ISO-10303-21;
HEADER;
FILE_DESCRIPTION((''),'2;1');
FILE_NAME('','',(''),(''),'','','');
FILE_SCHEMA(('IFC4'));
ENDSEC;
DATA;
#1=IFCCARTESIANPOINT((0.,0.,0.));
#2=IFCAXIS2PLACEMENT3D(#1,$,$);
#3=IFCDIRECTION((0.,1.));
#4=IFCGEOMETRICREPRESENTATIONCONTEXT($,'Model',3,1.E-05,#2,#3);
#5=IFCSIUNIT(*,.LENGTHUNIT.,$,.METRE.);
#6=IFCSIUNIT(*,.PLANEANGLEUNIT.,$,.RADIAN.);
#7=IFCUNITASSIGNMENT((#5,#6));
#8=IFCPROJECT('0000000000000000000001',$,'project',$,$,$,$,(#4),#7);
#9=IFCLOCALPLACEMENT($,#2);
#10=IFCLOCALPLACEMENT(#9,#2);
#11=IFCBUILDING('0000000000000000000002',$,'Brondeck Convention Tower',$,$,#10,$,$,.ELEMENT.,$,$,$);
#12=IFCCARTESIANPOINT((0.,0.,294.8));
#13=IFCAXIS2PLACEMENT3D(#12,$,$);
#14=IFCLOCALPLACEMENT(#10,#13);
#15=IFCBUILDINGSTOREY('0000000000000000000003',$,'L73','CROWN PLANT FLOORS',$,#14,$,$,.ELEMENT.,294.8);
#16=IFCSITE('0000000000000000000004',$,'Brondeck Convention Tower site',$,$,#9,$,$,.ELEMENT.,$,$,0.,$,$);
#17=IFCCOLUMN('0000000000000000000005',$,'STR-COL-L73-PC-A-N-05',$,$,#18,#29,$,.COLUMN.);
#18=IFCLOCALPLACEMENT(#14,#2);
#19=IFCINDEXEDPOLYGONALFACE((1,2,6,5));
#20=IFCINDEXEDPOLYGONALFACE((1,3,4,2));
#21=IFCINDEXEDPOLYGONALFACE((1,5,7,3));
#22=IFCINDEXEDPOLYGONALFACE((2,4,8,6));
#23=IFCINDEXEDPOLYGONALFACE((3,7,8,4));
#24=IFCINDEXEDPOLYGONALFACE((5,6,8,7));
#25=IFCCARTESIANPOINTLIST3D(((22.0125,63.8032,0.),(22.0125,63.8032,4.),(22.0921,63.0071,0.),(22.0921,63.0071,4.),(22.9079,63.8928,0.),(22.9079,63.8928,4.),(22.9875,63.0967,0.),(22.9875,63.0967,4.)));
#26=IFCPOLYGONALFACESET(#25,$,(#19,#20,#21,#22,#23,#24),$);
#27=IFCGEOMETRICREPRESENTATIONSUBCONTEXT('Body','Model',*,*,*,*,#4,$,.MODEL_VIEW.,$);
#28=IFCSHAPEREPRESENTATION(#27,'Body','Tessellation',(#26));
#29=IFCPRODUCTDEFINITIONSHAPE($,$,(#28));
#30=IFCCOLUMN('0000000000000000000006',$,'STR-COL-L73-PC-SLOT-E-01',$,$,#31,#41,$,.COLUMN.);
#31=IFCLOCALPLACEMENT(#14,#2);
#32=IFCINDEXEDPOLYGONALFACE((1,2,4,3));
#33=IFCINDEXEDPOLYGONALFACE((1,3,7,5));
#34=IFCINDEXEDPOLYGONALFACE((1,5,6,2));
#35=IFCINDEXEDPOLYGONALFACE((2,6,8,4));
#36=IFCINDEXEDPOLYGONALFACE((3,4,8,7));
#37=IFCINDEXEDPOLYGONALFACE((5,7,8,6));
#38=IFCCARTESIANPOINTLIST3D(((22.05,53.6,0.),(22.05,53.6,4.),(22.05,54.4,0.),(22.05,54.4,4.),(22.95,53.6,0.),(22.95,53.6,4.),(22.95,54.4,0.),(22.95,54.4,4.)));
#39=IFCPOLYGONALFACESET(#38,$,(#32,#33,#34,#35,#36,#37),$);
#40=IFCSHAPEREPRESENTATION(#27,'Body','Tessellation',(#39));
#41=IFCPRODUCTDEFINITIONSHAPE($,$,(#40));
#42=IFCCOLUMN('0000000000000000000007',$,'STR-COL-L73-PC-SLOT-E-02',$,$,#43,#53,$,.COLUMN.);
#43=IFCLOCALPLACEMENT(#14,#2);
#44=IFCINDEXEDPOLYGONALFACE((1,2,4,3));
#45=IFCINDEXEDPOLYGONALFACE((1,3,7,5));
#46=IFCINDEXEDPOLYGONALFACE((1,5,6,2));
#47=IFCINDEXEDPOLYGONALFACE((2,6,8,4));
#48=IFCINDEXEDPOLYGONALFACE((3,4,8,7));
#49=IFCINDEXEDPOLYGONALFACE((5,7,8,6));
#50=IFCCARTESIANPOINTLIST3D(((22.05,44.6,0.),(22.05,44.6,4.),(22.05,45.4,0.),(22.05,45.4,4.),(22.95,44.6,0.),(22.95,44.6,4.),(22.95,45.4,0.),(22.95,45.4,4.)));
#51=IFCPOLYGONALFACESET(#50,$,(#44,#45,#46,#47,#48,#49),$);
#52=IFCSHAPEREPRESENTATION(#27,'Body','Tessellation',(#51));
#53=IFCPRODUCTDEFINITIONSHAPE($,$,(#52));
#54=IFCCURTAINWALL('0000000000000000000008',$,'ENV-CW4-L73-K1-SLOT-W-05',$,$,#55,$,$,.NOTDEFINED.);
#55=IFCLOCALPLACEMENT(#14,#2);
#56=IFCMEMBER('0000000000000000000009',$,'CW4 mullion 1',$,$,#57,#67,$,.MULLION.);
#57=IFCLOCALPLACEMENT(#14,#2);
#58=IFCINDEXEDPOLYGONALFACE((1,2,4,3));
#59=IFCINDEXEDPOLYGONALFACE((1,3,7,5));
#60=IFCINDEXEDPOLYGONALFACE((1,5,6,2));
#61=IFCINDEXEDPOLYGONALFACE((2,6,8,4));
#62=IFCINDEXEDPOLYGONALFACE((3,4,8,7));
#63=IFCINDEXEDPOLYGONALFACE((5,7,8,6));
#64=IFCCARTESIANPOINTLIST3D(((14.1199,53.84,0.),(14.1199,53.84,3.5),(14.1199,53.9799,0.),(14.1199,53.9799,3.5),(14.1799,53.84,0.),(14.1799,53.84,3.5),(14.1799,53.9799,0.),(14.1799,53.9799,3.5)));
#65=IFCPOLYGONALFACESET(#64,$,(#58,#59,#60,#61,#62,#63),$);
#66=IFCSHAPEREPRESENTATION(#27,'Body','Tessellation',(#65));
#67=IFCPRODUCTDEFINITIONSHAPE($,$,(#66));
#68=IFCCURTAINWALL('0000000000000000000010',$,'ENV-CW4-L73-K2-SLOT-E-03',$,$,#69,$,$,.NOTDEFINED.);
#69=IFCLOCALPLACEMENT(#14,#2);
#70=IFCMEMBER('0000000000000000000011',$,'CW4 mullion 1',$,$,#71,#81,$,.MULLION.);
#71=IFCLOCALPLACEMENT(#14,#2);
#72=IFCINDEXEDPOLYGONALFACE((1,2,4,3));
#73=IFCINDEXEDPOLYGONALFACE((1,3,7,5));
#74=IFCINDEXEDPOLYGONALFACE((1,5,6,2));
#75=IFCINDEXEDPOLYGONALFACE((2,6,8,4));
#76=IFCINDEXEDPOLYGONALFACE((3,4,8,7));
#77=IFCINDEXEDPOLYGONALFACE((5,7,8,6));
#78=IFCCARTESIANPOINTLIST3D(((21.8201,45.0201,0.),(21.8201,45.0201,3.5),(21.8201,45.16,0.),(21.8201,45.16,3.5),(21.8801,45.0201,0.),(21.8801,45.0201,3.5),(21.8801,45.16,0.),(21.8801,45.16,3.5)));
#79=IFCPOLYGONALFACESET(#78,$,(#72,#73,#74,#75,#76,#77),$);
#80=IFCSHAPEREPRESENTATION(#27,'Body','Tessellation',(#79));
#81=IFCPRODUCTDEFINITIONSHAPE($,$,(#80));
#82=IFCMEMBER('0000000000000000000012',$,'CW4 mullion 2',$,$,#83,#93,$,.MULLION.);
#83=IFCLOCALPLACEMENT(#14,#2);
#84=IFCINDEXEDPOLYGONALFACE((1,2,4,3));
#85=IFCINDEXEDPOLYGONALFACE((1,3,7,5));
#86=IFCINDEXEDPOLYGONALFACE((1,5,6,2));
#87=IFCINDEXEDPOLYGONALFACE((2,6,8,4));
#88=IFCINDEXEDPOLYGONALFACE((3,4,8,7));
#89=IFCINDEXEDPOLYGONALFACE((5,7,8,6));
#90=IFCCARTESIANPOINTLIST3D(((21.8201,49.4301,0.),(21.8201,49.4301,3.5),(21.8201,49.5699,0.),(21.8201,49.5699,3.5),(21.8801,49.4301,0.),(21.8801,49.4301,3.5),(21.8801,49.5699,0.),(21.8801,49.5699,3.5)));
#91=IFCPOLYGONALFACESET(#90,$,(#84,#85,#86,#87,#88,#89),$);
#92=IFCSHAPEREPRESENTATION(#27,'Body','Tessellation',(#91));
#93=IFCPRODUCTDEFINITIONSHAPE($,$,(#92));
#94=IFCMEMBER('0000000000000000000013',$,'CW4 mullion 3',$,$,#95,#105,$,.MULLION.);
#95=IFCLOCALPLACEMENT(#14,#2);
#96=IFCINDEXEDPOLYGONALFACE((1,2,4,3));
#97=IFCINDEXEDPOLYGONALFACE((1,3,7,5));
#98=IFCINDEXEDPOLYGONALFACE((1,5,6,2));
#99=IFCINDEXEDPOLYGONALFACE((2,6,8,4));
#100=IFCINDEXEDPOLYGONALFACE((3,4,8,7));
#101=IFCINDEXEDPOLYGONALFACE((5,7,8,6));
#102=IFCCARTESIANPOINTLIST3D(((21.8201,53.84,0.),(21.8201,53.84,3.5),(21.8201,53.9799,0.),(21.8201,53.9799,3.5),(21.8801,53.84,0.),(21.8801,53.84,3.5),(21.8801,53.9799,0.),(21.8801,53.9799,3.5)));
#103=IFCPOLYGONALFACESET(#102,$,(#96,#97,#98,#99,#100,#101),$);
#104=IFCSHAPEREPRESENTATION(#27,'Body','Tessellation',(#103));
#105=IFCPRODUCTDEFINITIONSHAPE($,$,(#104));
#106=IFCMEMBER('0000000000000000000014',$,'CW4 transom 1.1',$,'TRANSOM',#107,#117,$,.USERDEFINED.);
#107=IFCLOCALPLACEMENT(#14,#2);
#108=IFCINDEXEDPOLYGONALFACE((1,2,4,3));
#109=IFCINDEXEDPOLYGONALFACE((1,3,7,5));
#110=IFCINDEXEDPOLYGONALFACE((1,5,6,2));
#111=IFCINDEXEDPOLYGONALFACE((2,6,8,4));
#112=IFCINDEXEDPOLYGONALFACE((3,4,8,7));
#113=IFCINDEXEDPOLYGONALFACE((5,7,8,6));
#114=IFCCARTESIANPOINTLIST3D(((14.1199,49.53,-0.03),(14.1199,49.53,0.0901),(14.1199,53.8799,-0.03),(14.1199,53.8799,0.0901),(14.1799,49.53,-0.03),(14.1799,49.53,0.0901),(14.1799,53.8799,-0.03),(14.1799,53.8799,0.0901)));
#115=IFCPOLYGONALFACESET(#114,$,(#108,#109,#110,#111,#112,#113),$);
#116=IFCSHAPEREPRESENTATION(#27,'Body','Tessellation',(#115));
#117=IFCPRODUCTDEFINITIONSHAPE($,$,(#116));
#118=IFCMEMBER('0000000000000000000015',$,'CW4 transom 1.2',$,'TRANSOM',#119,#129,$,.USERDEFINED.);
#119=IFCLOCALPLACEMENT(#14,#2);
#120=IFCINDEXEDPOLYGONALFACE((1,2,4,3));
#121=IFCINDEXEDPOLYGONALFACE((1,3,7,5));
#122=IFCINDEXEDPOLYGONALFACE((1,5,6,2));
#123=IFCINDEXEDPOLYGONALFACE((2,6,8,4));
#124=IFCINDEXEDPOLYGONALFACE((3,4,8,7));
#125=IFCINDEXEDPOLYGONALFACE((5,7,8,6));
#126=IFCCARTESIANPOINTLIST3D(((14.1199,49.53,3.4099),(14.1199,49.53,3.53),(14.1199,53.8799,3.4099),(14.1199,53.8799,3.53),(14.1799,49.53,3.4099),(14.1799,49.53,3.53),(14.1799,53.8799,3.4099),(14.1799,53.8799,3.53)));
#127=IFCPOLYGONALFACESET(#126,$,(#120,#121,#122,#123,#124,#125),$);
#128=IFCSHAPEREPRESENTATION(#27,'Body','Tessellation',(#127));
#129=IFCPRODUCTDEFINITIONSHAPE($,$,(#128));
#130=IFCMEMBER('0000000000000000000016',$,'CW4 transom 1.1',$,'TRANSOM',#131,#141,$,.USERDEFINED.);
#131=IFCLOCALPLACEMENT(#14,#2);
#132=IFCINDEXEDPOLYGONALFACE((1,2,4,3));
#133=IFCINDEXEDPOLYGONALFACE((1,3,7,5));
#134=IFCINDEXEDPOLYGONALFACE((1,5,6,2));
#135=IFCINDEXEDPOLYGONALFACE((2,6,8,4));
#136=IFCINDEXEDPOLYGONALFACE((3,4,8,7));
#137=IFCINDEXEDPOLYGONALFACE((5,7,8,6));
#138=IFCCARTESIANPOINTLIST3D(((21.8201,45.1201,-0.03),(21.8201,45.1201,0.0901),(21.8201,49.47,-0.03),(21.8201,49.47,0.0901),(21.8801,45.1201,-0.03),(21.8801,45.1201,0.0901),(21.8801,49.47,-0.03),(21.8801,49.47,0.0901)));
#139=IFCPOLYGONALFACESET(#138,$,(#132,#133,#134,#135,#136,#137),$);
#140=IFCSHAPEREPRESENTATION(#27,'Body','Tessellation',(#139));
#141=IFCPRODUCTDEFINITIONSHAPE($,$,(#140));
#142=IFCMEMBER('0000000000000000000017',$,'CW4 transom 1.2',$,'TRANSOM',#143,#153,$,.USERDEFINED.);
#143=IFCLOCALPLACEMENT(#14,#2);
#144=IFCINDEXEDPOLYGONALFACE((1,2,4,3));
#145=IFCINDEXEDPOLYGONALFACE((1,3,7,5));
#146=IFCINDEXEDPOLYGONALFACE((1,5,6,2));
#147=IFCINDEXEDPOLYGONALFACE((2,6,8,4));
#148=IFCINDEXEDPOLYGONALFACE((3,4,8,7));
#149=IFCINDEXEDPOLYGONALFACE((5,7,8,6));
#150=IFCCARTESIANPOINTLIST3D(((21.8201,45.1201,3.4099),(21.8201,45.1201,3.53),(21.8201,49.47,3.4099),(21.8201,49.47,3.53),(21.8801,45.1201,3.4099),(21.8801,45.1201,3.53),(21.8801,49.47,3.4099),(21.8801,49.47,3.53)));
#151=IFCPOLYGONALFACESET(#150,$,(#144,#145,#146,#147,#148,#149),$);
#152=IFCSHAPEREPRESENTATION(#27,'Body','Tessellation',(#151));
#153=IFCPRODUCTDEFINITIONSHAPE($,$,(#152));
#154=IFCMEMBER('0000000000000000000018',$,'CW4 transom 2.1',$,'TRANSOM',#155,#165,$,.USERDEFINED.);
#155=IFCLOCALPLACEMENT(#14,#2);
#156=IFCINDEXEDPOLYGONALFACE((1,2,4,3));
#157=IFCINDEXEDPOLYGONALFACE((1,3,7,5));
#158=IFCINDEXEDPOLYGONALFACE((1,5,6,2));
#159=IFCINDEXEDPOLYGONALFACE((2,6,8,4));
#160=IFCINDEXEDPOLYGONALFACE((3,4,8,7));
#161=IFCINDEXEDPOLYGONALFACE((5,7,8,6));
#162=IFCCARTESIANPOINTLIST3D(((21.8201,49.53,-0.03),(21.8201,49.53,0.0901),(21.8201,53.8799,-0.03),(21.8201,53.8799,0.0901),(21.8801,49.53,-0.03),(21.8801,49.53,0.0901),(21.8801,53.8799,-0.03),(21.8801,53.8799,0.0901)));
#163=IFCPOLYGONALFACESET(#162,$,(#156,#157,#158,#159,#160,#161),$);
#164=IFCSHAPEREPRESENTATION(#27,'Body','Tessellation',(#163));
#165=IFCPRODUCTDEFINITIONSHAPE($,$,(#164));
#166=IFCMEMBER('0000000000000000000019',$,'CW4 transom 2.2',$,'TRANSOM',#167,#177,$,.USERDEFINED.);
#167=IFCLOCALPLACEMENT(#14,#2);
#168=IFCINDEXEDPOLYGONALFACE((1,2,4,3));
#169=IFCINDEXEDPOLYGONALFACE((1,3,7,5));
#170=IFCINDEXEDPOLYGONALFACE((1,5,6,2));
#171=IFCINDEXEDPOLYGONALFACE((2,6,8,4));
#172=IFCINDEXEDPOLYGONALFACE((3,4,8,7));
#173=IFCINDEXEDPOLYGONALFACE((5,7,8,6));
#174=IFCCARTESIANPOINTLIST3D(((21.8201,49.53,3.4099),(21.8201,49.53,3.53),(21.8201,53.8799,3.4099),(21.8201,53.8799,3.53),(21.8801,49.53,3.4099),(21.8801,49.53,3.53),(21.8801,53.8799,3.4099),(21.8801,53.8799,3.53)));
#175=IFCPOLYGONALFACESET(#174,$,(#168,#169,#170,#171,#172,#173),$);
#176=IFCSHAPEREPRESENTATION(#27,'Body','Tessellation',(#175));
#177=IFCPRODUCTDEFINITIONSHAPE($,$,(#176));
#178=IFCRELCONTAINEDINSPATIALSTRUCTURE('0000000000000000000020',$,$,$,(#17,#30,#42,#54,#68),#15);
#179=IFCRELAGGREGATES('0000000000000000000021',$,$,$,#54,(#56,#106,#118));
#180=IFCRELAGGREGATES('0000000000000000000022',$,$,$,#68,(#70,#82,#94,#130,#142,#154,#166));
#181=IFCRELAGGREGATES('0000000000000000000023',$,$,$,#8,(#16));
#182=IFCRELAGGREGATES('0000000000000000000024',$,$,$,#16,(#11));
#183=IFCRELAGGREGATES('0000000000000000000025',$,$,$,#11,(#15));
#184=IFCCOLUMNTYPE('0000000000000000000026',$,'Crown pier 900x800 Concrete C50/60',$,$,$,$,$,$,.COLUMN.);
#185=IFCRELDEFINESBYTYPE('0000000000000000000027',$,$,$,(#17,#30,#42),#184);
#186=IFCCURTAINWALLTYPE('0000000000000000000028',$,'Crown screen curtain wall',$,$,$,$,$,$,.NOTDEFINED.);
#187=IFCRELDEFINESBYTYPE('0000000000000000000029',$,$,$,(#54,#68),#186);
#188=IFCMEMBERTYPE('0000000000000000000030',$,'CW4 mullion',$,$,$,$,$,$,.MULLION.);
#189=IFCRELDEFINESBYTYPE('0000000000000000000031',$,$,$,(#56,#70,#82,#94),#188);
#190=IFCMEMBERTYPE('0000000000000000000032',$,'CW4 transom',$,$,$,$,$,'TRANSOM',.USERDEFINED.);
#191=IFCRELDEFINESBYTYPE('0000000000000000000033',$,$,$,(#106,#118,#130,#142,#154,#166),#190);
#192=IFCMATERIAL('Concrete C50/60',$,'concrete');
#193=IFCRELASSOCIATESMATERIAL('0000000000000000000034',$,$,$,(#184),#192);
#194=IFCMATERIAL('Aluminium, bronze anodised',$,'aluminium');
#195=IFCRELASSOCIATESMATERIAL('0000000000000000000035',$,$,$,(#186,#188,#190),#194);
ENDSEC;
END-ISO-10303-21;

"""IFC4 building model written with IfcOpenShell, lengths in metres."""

from ifc_helpers import new_model, si_unit, direction, frame, origin, origin_2d, place, context, subcontext, project, spatial, rectangle, extrude, material, material_profile, profile_set, type_object, element, aggregate, save


model = new_model("IFC4")

# Units and contexts
model_context = context("Model", 3, precision=1e-05, world=origin(), true_north=direction((0.0, 1.0)))
body_context = subcontext(model_context, "Body", "Model", "MODEL_VIEW")
ifc_project = project(units=[si_unit("LENGTHUNIT", "METRE"), si_unit("PLANEANGLEUNIT", "RADIAN")], contexts=[model_context])

# Site, building, storey
site_placement = place(None, origin())
site = spatial("IfcSite", under=ifc_project, at=site_placement, Name="Brondeck Convention Tower site", CompositionType="ELEMENT", RefElevation=0.0)
building_placement = place(site_placement, origin())
building = spatial("IfcBuilding", under=site, at=building_placement, Name="Brondeck Convention Tower", CompositionType="ELEMENT")
storey_placement = place(building_placement, frame((0.0, 0.0, 294.8)))
storey = spatial("IfcBuildingStorey", under=building, at=storey_placement, Name="L73", Description="CROWN PLANT FLOORS", CompositionType="ELEMENT", Elevation=294.8)

# Columns
ifc_material_1 = material(Name="Concrete C50/60", Category="concrete")
ifc_material_profile_1 = material_profile(ifc_material_1, rectangle(XDim=0.8999, YDim=0.8, at=origin_2d()), Name="Crown pier 900x800 Concrete C50/60")
ifc_profile_set_1 = profile_set([ifc_material_profile_1], Name="Concrete C50/60")
column_type = type_object("IfcColumnType", Name="Crown pier 900x800 Concrete C50/60", PredefinedType="COLUMN", material=ifc_profile_set_1)
for number, where, z_axis, x_axis, name in (
    (1, (22.5, 63.45, 0.0), (0.0, 0.0, 1.0), (-0.995037, -0.099504, 0.0), "STR-COL-L73-PC-A-N-05"),
    (2, (22.5, 54.0, 0.0), (0.0, 0.0, 1.0), (1.0, 0.0, 0.0), "STR-COL-L73-PC-SLOT-E-01"),
    (3, (22.5, 45.0, 0.0), (0.0, 0.0, 1.0), (1.0, 0.0, 0.0), "STR-COL-L73-PC-SLOT-E-02"),
):
    element("IfcColumn", number, at=place(storey_placement, frame(where, z_axis=z_axis, x_axis=x_axis)), inside=storey, type_object=column_type, Name=name, PredefinedType="COLUMN", context=body_context, shape_type="SweptSolid", body=[
        extrude(rectangle(XDim=0.8999, YDim=0.8, at=origin_2d()), origin(), (0.0, 0.0, 1.0), 4.0),
    ])

# Curtain wall, member
ifc_material_2 = material(Name="Aluminium, bronze anodised", Category="aluminium")
curtain_wall_type = type_object("IfcCurtainWallType", Name="Crown screen curtain wall", PredefinedType="NOTDEFINED", material=ifc_material_2)
curtain_wall_1_placement = place(storey_placement, origin())
curtain_wall_1 = element("IfcCurtainWall", 4, at=curtain_wall_1_placement, inside=storey, type_object=curtain_wall_type, Name="ENV-CW4-L73-K1-SLOT-W-05", PredefinedType="NOTDEFINED")
ifc_material_profile_2 = material_profile(ifc_material_2, rectangle(XDim=0.0601, YDim=0.1399, at=origin_2d()), Name="CW4 mullion")
ifc_profile_set_2 = profile_set([ifc_material_profile_2], Name="Aluminium, bronze anodised")
member_type_1 = type_object("IfcMemberType", Name="CW4 mullion", PredefinedType="MULLION", material=ifc_profile_set_2)
member_1_placement = place(storey_placement, frame((14.1499, 53.9099, 0.0), z_axis=(0.0, 0.0, 1.0), x_axis=(1.0, 0.0, 0.0)))
member_1 = element("IfcMember", 5, at=member_1_placement, type_object=member_type_1, Name="CW4 mullion 1", PredefinedType="MULLION", context=body_context, shape_type="SweptSolid", body=[
    extrude(rectangle(XDim=0.0601, YDim=0.1399, at=origin_2d()), origin(), (0.0, 0.0, 1.0), 3.5),
])

# Curtain wall, members
curtain_wall_2_placement = place(storey_placement, origin())
curtain_wall_2 = element("IfcCurtainWall", 6, at=curtain_wall_2_placement, inside=storey, type_object=curtain_wall_type, Name="ENV-CW4-L73-K2-SLOT-E-03", PredefinedType="NOTDEFINED")
member_2_placement = place(storey_placement, frame((21.8501, 45.0901, 0.0), z_axis=(0.0, 0.0, 1.0), x_axis=(-1.0, 0.0, 0.0)))
member_2 = element("IfcMember", 7, at=member_2_placement, type_object=member_type_1, Name="CW4 mullion 1", PredefinedType="MULLION", context=body_context, shape_type="SweptSolid", body=[
    extrude(rectangle(XDim=0.0601, YDim=0.1399, at=origin_2d()), origin(), (0.0, 0.0, 1.0), 3.5),
])
member_3_placement = place(storey_placement, frame((21.8501, 49.5, 0.0), z_axis=(0.0, 0.0, 1.0), x_axis=(-1.0, 0.0, 0.0)))
member_3 = element("IfcMember", 8, at=member_3_placement, type_object=member_type_1, Name="CW4 mullion 2", PredefinedType="MULLION", context=body_context, shape_type="SweptSolid", body=[
    extrude(rectangle(XDim=0.0601, YDim=0.1399, at=origin_2d()), origin(), (0.0, 0.0, 1.0), 3.5),
])
member_4_placement = place(storey_placement, frame((21.8501, 53.9099, 0.0), z_axis=(0.0, 0.0, 1.0), x_axis=(-1.0, 0.0, 0.0)))
member_4 = element("IfcMember", 9, at=member_4_placement, type_object=member_type_1, Name="CW4 mullion 3", PredefinedType="MULLION", context=body_context, shape_type="SweptSolid", body=[
    extrude(rectangle(XDim=0.0601, YDim=0.1399, at=origin_2d()), origin(), (0.0, 0.0, 1.0), 3.5),
])

# Members
ifc_material_profile_3 = material_profile(ifc_material_2, rectangle(XDim=0.0601, YDim=0.1201, at=origin_2d()), Name="CW4 transom")
ifc_profile_set_3 = profile_set([ifc_material_profile_3], Name="Aluminium, bronze anodised")
member_type_2 = type_object("IfcMemberType", Name="CW4 transom", ElementType="TRANSOM", PredefinedType="USERDEFINED", material=ifc_profile_set_3)
member_5_placement = place(storey_placement, frame((14.1499, 53.8799, 0.03), z_axis=(0.0, -1.0, 0.0), x_axis=(1.0, 0.0, 0.0)))
member_5 = element("IfcMember", 10, at=member_5_placement, type_object=member_type_2, Name="CW4 transom 1.1", ObjectType="TRANSOM", PredefinedType="USERDEFINED", context=body_context, shape_type="SweptSolid", body=[
    extrude(rectangle(XDim=0.0601, YDim=0.1201, at=origin_2d()), origin(), (0.0, 0.0, 1.0), 4.3499),
])
member_6_placement = place(storey_placement, frame((14.1499, 53.8799, 3.47), z_axis=(0.0, -1.0, 0.0), x_axis=(1.0, 0.0, 0.0)))
member_6 = element("IfcMember", 11, at=member_6_placement, type_object=member_type_2, Name="CW4 transom 1.2", ObjectType="TRANSOM", PredefinedType="USERDEFINED", context=body_context, shape_type="SweptSolid", body=[
    extrude(rectangle(XDim=0.0601, YDim=0.1201, at=origin_2d()), origin(), (0.0, 0.0, 1.0), 4.3499),
])
member_7_placement = place(storey_placement, frame((21.8501, 45.1201, 0.03), z_axis=(0.0, 1.0, 0.0), x_axis=(-1.0, 0.0, 0.0)))
member_7 = element("IfcMember", 12, at=member_7_placement, type_object=member_type_2, Name="CW4 transom 1.1", ObjectType="TRANSOM", PredefinedType="USERDEFINED", context=body_context, shape_type="SweptSolid", body=[
    extrude(rectangle(XDim=0.0601, YDim=0.1201, at=origin_2d()), origin(), (0.0, 0.0, 1.0), 4.3499),
])
member_8_placement = place(storey_placement, frame((21.8501, 45.1201, 3.47), z_axis=(0.0, 1.0, 0.0), x_axis=(-1.0, 0.0, 0.0)))
member_8 = element("IfcMember", 13, at=member_8_placement, type_object=member_type_2, Name="CW4 transom 1.2", ObjectType="TRANSOM", PredefinedType="USERDEFINED", context=body_context, shape_type="SweptSolid", body=[
    extrude(rectangle(XDim=0.0601, YDim=0.1201, at=origin_2d()), origin(), (0.0, 0.0, 1.0), 4.3499),
])
member_9_placement = place(storey_placement, frame((21.8501, 49.53, 0.03), z_axis=(0.0, 1.0, 0.0), x_axis=(-1.0, 0.0, 0.0)))
member_9 = element("IfcMember", 14, at=member_9_placement, type_object=member_type_2, Name="CW4 transom 2.1", ObjectType="TRANSOM", PredefinedType="USERDEFINED", context=body_context, shape_type="SweptSolid", body=[
    extrude(rectangle(XDim=0.0601, YDim=0.1201, at=origin_2d()), origin(), (0.0, 0.0, 1.0), 4.3499),
])
member_10_placement = place(storey_placement, frame((21.8501, 49.53, 3.47), z_axis=(0.0, 1.0, 0.0), x_axis=(-1.0, 0.0, 0.0)))
member_10 = element("IfcMember", 15, at=member_10_placement, type_object=member_type_2, Name="CW4 transom 2.2", ObjectType="TRANSOM", PredefinedType="USERDEFINED", context=body_context, shape_type="SweptSolid", body=[
    extrude(rectangle(XDim=0.0601, YDim=0.1201, at=origin_2d()), origin(), (0.0, 0.0, 1.0), 4.3499),
])

aggregate(curtain_wall_1, [member_1, member_5, member_6])
aggregate(curtain_wall_2, [member_2, member_3, member_4, member_7, member_8, member_9, member_10])

save(model, "model.ifc")
